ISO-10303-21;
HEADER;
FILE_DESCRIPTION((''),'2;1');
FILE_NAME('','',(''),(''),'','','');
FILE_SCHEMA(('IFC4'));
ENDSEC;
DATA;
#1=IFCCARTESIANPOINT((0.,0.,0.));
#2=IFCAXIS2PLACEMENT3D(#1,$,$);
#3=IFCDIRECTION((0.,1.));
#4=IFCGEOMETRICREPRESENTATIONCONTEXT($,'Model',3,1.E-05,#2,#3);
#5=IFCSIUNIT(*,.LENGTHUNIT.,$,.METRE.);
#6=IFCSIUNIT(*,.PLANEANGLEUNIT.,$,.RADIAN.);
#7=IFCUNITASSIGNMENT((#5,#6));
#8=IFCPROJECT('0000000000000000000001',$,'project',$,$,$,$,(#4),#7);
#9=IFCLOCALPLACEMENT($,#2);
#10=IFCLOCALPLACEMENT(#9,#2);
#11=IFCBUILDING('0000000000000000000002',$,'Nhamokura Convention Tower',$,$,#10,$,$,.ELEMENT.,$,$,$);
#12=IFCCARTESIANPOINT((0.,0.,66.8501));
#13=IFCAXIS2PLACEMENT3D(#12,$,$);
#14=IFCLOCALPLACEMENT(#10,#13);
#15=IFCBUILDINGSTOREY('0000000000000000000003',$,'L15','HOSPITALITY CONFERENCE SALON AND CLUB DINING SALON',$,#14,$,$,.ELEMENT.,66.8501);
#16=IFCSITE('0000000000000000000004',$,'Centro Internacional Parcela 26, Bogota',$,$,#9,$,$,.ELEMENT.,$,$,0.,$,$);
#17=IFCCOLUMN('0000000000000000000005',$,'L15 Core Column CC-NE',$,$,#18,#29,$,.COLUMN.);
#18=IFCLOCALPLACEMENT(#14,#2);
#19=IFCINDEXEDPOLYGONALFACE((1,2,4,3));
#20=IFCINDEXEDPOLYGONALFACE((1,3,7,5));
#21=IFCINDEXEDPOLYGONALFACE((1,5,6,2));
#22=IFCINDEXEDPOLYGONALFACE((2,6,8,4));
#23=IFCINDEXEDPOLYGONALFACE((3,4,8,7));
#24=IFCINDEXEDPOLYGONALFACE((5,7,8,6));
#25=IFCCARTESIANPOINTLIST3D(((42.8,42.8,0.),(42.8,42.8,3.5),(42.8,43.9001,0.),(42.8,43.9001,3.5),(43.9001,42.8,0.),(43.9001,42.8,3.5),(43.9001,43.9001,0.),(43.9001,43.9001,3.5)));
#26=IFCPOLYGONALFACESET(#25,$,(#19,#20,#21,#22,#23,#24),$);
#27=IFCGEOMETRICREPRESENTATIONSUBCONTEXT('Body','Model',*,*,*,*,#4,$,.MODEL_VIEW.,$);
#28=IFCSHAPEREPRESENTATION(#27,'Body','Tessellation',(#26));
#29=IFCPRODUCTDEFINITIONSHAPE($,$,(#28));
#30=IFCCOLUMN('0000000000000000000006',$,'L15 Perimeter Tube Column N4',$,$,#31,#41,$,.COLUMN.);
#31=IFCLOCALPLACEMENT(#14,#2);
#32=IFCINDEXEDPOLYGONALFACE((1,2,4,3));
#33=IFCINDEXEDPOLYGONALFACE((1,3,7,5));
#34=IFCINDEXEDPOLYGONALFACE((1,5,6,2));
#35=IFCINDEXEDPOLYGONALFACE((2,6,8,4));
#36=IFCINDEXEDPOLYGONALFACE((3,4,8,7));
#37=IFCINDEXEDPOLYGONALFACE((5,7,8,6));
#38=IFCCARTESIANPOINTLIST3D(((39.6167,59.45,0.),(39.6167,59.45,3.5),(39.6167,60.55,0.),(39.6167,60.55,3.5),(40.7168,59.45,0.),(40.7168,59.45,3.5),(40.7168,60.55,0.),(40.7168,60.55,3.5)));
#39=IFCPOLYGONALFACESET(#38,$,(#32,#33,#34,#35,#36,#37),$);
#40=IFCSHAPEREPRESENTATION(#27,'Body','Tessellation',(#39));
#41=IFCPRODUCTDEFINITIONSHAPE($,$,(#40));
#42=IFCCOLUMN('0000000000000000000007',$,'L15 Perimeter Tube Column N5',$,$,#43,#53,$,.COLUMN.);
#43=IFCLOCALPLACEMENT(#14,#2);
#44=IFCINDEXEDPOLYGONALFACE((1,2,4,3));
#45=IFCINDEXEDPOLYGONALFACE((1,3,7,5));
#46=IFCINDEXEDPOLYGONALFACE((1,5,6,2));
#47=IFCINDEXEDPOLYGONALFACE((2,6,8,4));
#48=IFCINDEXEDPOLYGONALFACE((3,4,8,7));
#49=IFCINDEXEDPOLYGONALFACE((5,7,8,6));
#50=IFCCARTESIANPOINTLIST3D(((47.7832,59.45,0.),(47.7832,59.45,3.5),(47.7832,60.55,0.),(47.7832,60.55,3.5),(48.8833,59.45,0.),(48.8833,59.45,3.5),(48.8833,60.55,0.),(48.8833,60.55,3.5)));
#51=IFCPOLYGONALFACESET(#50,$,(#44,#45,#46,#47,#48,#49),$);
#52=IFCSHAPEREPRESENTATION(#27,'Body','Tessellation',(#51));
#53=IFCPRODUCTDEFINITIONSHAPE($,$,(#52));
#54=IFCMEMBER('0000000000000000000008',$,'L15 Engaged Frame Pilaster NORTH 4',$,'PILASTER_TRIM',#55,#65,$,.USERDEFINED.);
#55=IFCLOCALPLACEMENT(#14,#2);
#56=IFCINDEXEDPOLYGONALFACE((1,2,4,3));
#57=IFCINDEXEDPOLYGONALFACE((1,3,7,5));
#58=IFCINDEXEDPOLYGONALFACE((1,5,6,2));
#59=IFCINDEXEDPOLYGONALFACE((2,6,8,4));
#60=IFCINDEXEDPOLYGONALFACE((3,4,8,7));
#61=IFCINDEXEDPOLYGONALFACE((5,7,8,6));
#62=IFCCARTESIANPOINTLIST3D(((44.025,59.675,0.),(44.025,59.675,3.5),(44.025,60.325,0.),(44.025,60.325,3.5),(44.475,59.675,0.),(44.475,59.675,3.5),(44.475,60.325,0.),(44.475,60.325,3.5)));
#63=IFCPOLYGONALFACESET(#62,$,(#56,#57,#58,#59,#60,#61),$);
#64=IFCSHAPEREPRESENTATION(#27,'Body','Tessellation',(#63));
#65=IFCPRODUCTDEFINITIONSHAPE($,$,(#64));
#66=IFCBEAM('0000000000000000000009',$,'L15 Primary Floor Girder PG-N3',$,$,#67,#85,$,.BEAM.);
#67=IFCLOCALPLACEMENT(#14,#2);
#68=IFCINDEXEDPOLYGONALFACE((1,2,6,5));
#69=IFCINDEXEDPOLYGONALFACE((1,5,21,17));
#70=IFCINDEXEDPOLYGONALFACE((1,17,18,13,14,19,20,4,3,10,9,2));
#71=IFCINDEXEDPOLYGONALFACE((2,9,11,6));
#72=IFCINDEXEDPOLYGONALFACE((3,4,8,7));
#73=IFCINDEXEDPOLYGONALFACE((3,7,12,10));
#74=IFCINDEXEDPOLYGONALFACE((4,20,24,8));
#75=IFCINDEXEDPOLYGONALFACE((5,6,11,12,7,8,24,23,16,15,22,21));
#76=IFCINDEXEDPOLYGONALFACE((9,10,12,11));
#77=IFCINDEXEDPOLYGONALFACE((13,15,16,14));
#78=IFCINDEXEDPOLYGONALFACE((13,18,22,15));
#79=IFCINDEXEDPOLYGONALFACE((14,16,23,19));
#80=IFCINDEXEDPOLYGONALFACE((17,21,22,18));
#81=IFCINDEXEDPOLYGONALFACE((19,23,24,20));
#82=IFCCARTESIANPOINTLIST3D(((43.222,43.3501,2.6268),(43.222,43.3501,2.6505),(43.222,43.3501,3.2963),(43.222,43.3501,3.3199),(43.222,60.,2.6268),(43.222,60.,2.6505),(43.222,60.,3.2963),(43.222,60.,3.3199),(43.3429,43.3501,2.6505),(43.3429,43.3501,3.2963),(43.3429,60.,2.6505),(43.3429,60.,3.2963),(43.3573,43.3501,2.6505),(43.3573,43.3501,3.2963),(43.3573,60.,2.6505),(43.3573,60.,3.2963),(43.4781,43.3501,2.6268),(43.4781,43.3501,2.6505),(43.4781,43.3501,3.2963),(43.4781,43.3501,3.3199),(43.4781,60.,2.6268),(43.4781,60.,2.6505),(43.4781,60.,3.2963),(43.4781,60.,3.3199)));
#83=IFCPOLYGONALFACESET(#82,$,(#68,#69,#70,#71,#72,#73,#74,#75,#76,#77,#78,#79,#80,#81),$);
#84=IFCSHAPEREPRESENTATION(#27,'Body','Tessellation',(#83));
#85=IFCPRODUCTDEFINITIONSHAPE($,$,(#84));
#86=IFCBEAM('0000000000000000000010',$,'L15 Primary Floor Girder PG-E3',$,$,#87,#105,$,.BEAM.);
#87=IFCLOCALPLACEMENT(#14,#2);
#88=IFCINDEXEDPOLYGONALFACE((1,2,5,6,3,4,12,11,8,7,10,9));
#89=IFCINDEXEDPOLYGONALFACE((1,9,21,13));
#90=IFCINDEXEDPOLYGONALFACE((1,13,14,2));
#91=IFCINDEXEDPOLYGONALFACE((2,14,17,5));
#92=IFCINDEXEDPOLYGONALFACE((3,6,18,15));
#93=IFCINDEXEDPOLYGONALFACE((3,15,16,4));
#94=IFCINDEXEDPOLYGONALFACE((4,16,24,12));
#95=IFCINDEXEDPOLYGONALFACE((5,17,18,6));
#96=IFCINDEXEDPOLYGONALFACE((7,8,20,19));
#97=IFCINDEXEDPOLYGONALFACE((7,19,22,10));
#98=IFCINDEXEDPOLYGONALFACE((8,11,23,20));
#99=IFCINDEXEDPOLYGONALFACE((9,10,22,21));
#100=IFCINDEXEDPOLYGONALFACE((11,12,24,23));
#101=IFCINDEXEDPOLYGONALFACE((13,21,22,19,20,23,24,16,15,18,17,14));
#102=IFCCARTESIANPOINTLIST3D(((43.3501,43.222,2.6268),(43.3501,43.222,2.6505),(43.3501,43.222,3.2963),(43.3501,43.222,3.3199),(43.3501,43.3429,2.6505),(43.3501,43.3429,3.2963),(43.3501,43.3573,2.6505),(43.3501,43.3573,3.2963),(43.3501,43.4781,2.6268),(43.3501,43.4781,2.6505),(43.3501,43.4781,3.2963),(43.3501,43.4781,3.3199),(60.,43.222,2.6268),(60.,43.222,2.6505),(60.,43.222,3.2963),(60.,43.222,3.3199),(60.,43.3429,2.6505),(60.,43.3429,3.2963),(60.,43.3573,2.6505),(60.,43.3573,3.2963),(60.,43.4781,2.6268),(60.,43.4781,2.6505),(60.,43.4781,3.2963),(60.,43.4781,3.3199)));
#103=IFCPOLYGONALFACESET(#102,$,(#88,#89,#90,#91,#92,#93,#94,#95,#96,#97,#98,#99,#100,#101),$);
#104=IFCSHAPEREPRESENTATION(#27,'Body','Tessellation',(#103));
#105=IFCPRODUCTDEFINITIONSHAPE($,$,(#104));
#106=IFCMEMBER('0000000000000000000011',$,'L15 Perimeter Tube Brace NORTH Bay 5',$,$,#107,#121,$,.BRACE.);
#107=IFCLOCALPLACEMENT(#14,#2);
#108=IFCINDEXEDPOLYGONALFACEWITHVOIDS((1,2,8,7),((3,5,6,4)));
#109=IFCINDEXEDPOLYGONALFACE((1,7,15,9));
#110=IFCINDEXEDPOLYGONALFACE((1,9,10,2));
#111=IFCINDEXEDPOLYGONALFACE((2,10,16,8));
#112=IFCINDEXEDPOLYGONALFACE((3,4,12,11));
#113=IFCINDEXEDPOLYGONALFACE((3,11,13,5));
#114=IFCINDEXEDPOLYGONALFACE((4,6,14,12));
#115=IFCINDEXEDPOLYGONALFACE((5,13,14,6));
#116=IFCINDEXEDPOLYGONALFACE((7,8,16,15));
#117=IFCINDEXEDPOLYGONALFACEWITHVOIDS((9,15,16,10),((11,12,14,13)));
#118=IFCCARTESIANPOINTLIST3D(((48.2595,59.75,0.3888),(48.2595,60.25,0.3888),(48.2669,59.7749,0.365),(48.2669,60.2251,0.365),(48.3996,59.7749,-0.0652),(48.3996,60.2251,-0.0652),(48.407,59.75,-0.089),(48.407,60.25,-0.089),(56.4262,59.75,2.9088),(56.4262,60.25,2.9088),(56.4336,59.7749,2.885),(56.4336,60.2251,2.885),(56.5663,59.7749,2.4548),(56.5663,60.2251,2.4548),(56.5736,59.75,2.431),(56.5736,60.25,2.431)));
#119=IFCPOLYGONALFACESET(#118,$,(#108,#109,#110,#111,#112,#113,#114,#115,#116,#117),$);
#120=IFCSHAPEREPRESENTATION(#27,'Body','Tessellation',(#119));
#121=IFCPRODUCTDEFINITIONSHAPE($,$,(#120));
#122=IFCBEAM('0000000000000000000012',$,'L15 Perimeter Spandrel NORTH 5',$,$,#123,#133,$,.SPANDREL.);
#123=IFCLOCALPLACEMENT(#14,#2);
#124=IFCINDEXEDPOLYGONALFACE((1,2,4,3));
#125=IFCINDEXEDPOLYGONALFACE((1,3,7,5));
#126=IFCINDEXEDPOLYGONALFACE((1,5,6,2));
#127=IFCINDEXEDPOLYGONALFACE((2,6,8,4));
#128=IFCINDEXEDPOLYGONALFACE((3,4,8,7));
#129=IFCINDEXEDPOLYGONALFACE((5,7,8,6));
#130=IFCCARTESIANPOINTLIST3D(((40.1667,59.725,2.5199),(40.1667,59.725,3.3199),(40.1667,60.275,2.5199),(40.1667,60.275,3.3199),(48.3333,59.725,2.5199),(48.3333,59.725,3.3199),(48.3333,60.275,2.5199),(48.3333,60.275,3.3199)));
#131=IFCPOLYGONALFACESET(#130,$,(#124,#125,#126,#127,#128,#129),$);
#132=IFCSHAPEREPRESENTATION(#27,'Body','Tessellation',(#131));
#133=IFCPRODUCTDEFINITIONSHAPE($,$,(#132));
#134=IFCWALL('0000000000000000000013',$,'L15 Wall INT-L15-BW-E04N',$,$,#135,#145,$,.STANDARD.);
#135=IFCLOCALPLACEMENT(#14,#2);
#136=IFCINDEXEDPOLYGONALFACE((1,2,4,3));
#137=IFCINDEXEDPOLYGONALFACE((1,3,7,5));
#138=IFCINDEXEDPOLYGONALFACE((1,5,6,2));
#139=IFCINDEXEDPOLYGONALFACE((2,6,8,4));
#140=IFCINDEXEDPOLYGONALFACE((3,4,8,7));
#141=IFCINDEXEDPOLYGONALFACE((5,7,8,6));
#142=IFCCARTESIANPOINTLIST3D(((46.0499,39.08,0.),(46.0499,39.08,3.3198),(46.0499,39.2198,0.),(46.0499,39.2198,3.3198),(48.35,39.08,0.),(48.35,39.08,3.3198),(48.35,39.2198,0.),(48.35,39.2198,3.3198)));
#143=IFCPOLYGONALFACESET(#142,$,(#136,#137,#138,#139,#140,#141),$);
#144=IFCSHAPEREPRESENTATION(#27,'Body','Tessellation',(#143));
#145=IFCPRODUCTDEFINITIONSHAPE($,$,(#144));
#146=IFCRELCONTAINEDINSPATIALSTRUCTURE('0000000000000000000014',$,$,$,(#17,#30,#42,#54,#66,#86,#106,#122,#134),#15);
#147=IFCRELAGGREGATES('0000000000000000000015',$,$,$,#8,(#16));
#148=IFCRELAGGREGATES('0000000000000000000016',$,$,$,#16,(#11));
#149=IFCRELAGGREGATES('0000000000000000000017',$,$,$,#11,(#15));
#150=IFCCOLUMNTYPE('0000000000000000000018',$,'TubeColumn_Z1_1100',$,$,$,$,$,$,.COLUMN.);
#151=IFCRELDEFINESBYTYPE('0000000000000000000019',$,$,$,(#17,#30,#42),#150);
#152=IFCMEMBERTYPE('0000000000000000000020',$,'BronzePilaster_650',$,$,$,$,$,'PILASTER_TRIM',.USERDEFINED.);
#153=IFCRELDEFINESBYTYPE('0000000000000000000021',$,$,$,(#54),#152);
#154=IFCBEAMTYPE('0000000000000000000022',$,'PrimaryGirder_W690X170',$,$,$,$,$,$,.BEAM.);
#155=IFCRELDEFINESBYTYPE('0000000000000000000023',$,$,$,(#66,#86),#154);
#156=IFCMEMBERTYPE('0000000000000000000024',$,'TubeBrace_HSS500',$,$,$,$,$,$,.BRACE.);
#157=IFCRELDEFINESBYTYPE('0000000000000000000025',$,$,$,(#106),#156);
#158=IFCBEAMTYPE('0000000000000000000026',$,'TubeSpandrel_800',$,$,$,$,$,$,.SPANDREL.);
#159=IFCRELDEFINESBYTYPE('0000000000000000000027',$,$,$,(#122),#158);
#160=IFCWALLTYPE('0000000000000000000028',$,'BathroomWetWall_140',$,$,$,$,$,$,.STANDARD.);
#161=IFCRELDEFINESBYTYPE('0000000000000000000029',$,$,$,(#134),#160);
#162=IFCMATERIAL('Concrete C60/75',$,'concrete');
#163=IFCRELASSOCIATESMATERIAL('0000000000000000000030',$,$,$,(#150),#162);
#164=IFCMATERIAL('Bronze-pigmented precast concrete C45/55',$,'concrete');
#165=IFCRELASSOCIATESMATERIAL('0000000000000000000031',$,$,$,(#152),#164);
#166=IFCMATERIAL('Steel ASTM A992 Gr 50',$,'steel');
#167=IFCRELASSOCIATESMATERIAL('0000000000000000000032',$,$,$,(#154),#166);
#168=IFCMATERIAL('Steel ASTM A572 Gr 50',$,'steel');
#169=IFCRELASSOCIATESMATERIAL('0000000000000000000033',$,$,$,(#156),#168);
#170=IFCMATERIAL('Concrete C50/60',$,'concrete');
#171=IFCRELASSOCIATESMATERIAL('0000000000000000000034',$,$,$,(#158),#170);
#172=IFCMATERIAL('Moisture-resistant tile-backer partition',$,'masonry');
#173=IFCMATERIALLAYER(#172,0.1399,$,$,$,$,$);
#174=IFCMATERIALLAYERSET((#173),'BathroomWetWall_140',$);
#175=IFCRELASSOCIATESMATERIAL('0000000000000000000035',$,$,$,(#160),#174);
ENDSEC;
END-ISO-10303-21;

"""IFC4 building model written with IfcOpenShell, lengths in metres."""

from ifc_helpers import new_model, si_unit, direction, frame, frame_2d, origin, origin_2d, place, context, subcontext, project, spatial, rectangle, hollow_rectangle, i_section, extrude, material, layer, layer_set, material_profile, profile_set, type_object, element, save


model = new_model("IFC4")

# Units and contexts
model_context = context("Model", 3, precision=1e-05, world=origin(), true_north=direction((0.0, 1.0)))
body_context = subcontext(model_context, "Body", "Model", "MODEL_VIEW")
ifc_project = project(units=[si_unit("LENGTHUNIT", "METRE"), si_unit("PLANEANGLEUNIT", "RADIAN")], contexts=[model_context])

# Site, building, storey
site_placement = place(None, origin())
site = spatial("IfcSite", under=ifc_project, at=site_placement, Name="Centro Internacional Parcela 26, Bogota", CompositionType="ELEMENT", RefElevation=0.0)
building_placement = place(site_placement, origin())
building = spatial("IfcBuilding", under=site, at=building_placement, Name="Nhamokura Convention Tower", CompositionType="ELEMENT")
storey_placement = place(building_placement, frame((0.0, 0.0, 66.8501)))
storey = spatial("IfcBuildingStorey", under=building, at=storey_placement, Name="L15", Description="HOSPITALITY CONFERENCE SALON AND CLUB DINING SALON", CompositionType="ELEMENT", Elevation=66.8501)

# Columns
ifc_material_1 = material(Name="Concrete C60/75", Category="concrete")
ifc_material_profile_1 = material_profile(ifc_material_1, rectangle(XDim=1.1001, YDim=1.1001, at=origin_2d()))
ifc_profile_set_1 = profile_set([ifc_material_profile_1], Name="Concrete C60/75")
column_type = type_object("IfcColumnType", Name="TubeColumn_Z1_1100", PredefinedType="COLUMN", material=ifc_profile_set_1)
for number, where, z_axis, x_axis, name in (
    (1, (43.3501, 43.3501, 0.0), (0.0, 0.0, 1.0), (1.0, 0.0, 0.0), "L15 Core Column CC-NE"),
    (2, (40.1667, 60.0, 0.0), (0.0, 0.0, 1.0), (1.0, 0.0, 0.0), "L15 Perimeter Tube Column N4"),
    (3, (48.3333, 60.0, 0.0), (0.0, 0.0, 1.0), (1.0, 0.0, 0.0), "L15 Perimeter Tube Column N5"),
):
    element("IfcColumn", number, at=place(storey_placement, frame(where, z_axis=z_axis, x_axis=x_axis)), inside=storey, type_object=column_type, Name=name, PredefinedType="COLUMN", context=body_context, shape_type="SweptSolid", body=[
        extrude(rectangle(XDim=1.1001, YDim=1.1001, at=origin_2d()), origin(), (0.0, 0.0, 1.0), 3.5),
    ])

# Member
ifc_material_2 = material(Name="Bronze-pigmented precast concrete C45/55", Category="concrete")
ifc_material_profile_2 = material_profile(ifc_material_2, rectangle(XDim=0.45, YDim=0.6499, at=origin_2d()))
ifc_profile_set_2 = profile_set([ifc_material_profile_2], Name="Bronze-pigmented precast concrete C45/55")
member_type_1 = type_object("IfcMemberType", Name="BronzePilaster_650", ElementType="PILASTER_TRIM", PredefinedType="USERDEFINED", material=ifc_profile_set_2)
member_1_placement = place(storey_placement, frame((44.25, 60.0, 0.0), z_axis=(0.0, 0.0, 1.0), x_axis=(1.0, 0.0, 0.0)))
element("IfcMember", 4, at=member_1_placement, inside=storey, type_object=member_type_1, Name="L15 Engaged Frame Pilaster NORTH 4", ObjectType="PILASTER_TRIM", PredefinedType="USERDEFINED", context=body_context, shape_type="SweptSolid", body=[
    extrude(rectangle(XDim=0.45, YDim=0.6499, at=origin_2d()), origin(), (0.0, 0.0, 1.0), 3.5),
])

# Beams
ifc_material_3 = material(Name="Steel ASTM A992 Gr 50", Category="steel")
ifc_material_profile_3 = material_profile(ifc_material_3, i_section(OverallWidth=0.2561, OverallDepth=0.6931, WebThickness=0.0144, FlangeThickness=0.0237, at=origin_2d()))
ifc_profile_set_3 = profile_set([ifc_material_profile_3], Name="Steel ASTM A992 Gr 50")
beam_type_1 = type_object("IfcBeamType", Name="PrimaryGirder_W690X170", PredefinedType="BEAM", material=ifc_profile_set_3)
for number, where, z_axis, x_axis, name in (
    (5, (43.3501, 43.3501, 2.9734), (0.0, 1.0, 0.0), (-1.0, 0.0, 0.0), "L15 Primary Floor Girder PG-N3"),
    (6, (43.3501, 43.3501, 2.9734), (1.0, 0.0, 0.0), (0.0, 1.0, 0.0), "L15 Primary Floor Girder PG-E3"),
):
    element("IfcBeam", number, at=place(storey_placement, frame(where, z_axis=z_axis, x_axis=x_axis)), inside=storey, type_object=beam_type_1, Name=name, PredefinedType="BEAM", context=body_context, shape_type="SweptSolid", body=[
        extrude(i_section(OverallWidth=0.2561, OverallDepth=0.6931, WebThickness=0.0144, FlangeThickness=0.0237, at=origin_2d()), origin(), (0.0, 0.0, 1.0), 16.6499),
    ])

# Member
ifc_material_4 = material(Name="Steel ASTM A572 Gr 50", Category="steel")
ifc_material_profile_4 = material_profile(ifc_material_4, hollow_rectangle(XDim=0.5, YDim=0.5, WallThickness=0.0249, at=origin_2d()))
ifc_profile_set_4 = profile_set([ifc_material_profile_4], Name="Steel ASTM A572 Gr 50")
member_type_2 = type_object("IfcMemberType", Name="TubeBrace_HSS500", PredefinedType="BRACE", material=ifc_profile_set_4)
member_2_placement = place(storey_placement, frame((48.3333, 60.0, 0.1499), z_axis=(0.955543, 0.0, 0.294853), x_axis=(0.0, 1.0, 0.0)))
element("IfcMember", 7, at=member_2_placement, inside=storey, type_object=member_type_2, Name="L15 Perimeter Tube Brace NORTH Bay 5", PredefinedType="BRACE", context=body_context, shape_type="SweptSolid", body=[
    extrude(hollow_rectangle(XDim=0.5, YDim=0.5, WallThickness=0.0249, at=origin_2d()), origin(), (0.0, 0.0, 1.0), 8.5466),
])

# Beam
ifc_material_5 = material(Name="Concrete C50/60", Category="concrete")
ifc_material_profile_5 = material_profile(ifc_material_5, rectangle(XDim=0.55, YDim=0.8, at=origin_2d()))
ifc_profile_set_5 = profile_set([ifc_material_profile_5], Name="Concrete C50/60")
beam_type_2 = type_object("IfcBeamType", Name="TubeSpandrel_800", PredefinedType="SPANDREL", material=ifc_profile_set_5)
beam_placement = place(storey_placement, frame((40.1667, 60.0, 2.9199), z_axis=(1.0, 0.0, 0.0), x_axis=(0.0, 1.0, 0.0)))
element("IfcBeam", 8, at=beam_placement, inside=storey, type_object=beam_type_2, Name="L15 Perimeter Spandrel NORTH 5", PredefinedType="SPANDREL", context=body_context, shape_type="SweptSolid", body=[
    extrude(rectangle(XDim=0.55, YDim=0.8, at=origin_2d()), origin(), (0.0, 0.0, 1.0), 8.1665),
])

# Wall
ifc_material_6 = material(Name="Moisture-resistant tile-backer partition", Category="masonry")
ifc_layer_1 = layer(ifc_material_6, 0.1399)
ifc_layer_set_1 = layer_set([ifc_layer_1], Name="BathroomWetWall_140")
wall_type_1 = type_object("IfcWallType", Name="BathroomWetWall_140", PredefinedType="STANDARD", material=ifc_layer_set_1)
wall_1_placement = place(storey_placement, frame((46.05, 39.1499, 0.0), z_axis=(0.0, 0.0, 1.0), x_axis=(1.0, 0.0, 0.0)))
element("IfcWall", 9, at=wall_1_placement, inside=storey, type_object=wall_type_1, Name="L15 Wall INT-L15-BW-E04N", PredefinedType="STANDARD", context=body_context, shape_type="SweptSolid", body=[
    extrude(rectangle(XDim=2.3, YDim=0.1399, at=frame_2d((1.1499, 0.0))), origin(), (0.0, 0.0, 1.0), 3.3198),
])

save(model, "model.ifc")
